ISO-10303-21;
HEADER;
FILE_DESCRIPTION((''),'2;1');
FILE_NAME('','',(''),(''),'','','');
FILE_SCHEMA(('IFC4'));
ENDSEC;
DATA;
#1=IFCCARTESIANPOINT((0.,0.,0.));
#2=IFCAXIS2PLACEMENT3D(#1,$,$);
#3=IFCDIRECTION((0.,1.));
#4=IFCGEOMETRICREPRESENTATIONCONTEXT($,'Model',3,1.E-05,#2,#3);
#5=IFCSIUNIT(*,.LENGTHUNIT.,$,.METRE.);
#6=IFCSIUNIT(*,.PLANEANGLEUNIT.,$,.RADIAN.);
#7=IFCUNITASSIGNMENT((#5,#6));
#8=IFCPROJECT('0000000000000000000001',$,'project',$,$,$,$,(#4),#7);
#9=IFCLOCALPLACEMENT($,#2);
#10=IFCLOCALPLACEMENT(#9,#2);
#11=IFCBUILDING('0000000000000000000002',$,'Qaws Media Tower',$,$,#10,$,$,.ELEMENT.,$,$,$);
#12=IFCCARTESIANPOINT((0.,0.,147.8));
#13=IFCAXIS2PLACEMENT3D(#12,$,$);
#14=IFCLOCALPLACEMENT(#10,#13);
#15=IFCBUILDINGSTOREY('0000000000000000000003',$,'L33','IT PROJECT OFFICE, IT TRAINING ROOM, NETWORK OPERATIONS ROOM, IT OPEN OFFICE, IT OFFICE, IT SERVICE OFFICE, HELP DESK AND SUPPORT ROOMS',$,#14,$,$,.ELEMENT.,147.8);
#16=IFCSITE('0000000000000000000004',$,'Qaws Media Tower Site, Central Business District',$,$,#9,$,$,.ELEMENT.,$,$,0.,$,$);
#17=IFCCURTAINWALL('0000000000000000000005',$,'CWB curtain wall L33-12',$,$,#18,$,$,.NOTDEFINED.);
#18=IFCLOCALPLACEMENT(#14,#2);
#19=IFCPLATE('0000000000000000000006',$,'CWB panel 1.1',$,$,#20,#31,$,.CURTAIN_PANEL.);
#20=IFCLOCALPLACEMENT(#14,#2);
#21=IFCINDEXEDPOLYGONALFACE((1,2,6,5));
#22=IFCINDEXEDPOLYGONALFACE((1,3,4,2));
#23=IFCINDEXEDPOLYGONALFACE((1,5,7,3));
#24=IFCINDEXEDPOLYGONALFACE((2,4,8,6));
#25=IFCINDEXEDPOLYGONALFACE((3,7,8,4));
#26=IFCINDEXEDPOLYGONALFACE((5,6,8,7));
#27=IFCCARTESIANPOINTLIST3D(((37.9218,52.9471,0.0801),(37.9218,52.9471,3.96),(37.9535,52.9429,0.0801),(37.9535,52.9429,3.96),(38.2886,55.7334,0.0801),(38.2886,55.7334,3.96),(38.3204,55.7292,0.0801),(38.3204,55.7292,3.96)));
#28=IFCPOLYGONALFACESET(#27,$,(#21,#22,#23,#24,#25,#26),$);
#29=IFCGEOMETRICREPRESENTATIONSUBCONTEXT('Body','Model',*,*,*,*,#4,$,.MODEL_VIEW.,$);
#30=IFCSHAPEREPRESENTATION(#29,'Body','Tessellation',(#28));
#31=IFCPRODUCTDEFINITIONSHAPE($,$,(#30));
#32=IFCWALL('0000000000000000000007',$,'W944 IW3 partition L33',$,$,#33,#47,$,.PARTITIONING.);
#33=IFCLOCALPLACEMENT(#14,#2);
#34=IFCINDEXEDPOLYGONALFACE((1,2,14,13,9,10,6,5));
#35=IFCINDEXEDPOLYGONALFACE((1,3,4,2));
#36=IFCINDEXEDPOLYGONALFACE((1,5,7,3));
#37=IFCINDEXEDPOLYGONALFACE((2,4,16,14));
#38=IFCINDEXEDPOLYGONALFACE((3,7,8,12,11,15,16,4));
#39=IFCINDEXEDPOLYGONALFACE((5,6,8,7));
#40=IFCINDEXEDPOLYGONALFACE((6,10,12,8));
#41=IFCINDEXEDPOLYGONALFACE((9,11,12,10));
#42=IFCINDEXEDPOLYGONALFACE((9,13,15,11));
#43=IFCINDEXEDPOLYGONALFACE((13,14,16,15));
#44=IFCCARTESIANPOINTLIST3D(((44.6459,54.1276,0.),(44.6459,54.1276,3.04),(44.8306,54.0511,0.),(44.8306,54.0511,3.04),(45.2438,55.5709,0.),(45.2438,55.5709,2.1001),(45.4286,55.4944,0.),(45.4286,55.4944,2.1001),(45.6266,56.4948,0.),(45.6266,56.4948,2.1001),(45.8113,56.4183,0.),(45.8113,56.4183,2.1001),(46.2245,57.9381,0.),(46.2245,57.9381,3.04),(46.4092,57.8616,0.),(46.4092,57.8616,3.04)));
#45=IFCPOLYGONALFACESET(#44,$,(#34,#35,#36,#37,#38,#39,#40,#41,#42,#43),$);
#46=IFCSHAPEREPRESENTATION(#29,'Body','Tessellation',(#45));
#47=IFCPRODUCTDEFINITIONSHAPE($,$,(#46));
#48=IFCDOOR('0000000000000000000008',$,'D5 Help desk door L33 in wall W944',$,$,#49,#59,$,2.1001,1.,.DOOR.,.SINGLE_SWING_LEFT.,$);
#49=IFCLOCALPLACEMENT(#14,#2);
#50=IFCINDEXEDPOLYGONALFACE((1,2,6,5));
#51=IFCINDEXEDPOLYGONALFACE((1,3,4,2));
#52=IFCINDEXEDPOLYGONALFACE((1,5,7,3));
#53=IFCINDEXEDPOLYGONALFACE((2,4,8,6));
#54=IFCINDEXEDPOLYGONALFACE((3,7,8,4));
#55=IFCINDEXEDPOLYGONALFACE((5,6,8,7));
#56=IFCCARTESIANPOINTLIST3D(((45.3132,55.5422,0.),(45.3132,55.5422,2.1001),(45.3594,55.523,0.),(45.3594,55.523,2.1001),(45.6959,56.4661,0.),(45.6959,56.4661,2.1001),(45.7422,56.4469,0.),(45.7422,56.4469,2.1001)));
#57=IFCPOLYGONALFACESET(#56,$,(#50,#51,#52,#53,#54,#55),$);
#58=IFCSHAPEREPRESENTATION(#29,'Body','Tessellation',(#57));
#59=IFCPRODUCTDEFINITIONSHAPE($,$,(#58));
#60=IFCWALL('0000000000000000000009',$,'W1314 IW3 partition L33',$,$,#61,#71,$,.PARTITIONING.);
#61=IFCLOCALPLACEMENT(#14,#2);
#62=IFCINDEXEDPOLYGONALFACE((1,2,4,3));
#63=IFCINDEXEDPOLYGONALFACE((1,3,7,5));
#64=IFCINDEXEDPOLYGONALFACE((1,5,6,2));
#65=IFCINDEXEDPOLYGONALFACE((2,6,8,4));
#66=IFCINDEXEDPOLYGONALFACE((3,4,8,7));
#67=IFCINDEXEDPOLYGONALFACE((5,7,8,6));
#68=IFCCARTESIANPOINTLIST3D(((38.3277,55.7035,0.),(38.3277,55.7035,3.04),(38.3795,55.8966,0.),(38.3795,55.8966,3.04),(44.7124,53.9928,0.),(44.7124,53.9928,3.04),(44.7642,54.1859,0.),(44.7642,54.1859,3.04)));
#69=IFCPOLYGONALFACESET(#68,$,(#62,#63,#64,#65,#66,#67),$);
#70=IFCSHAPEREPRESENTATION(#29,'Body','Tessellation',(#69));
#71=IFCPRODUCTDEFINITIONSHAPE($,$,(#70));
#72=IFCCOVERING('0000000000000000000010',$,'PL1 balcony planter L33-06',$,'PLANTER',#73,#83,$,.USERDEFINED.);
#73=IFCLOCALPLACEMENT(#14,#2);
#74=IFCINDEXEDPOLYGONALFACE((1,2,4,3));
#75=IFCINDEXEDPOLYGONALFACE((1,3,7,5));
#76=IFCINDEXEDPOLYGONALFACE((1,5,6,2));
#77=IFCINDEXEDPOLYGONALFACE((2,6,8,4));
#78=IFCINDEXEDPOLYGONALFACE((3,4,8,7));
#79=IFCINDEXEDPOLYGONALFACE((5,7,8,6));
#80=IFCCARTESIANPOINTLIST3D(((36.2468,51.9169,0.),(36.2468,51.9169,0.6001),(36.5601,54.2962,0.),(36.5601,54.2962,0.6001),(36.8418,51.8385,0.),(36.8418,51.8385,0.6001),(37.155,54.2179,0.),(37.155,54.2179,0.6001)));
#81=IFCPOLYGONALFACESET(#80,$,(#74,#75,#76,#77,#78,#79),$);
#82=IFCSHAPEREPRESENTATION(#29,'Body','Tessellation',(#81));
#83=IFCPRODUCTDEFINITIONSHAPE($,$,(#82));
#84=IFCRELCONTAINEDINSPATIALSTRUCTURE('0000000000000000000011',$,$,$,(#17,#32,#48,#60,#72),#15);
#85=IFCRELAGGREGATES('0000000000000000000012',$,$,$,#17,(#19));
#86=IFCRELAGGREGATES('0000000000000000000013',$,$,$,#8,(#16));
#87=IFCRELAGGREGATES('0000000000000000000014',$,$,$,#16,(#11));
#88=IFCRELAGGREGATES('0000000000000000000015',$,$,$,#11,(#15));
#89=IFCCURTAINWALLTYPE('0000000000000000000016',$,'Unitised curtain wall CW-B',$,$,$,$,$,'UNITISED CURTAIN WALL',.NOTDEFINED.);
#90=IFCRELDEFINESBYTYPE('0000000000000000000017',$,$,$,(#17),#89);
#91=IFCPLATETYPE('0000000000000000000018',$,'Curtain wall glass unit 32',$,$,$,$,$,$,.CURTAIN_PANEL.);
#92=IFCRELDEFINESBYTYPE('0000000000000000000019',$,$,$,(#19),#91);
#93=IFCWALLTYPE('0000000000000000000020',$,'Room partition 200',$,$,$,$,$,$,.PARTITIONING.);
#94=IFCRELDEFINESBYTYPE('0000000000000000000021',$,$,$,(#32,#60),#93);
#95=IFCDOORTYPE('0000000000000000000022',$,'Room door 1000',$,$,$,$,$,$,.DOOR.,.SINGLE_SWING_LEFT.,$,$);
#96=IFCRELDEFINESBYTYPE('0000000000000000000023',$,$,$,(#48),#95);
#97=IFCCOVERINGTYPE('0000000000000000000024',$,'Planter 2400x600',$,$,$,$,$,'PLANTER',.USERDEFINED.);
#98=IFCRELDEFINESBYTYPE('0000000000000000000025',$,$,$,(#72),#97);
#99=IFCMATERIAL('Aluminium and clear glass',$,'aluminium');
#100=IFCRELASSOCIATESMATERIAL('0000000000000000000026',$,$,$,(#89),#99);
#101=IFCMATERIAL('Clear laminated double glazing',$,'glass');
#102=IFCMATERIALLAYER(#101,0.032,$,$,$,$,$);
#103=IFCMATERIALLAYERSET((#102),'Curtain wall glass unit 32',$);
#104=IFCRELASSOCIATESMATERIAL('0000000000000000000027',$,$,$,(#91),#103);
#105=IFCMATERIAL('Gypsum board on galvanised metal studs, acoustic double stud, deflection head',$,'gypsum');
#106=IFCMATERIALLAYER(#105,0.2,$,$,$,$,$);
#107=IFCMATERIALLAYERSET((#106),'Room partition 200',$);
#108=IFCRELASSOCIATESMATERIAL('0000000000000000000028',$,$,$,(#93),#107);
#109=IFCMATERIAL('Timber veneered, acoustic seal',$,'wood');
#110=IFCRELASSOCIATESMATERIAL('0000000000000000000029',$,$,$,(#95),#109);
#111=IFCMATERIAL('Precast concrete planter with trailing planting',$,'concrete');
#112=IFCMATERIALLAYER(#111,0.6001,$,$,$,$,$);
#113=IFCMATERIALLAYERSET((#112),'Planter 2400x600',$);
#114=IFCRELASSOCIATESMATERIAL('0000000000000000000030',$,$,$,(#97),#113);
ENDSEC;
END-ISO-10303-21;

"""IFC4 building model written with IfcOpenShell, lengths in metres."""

from ifc_helpers import new_model, si_unit, direction, frame, frame_2d, origin, origin_2d, place, context, subcontext, project, spatial, rectangle, extrude, material, layer, layer_set, type_object, element, fill, aggregate, save


model = new_model("IFC4")

# Units and contexts
model_context = context("Model", 3, precision=1e-05, world=origin(), true_north=direction((0.0, 1.0)))
body_context = subcontext(model_context, "Body", "Model", "MODEL_VIEW")
ifc_project = project(units=[si_unit("LENGTHUNIT", "METRE"), si_unit("PLANEANGLEUNIT", "RADIAN")], contexts=[model_context])

# Site, building, storey
site_placement = place(None, origin())
site = spatial("IfcSite", under=ifc_project, at=site_placement, Name="Qaws Media Tower Site, Central Business District", CompositionType="ELEMENT", RefElevation=0.0)
building_placement = place(site_placement, origin())
building = spatial("IfcBuilding", under=site, at=building_placement, Name="Qaws Media Tower", CompositionType="ELEMENT")
storey_placement = place(building_placement, frame((0.0, 0.0, 147.8)))
storey = spatial("IfcBuildingStorey", under=building, at=storey_placement, Name="L33", Description="IT PROJECT OFFICE, IT TRAINING ROOM, NETWORK OPERATIONS ROOM, IT OPEN OFFICE, IT OFFICE, IT SERVICE OFFICE, HELP DESK AND SUPPORT ROOMS", CompositionType="ELEMENT", Elevation=147.8)

# Shared definitions
ifc_material_1 = material(Name="Aluminium and clear glass", Category="aluminium")
curtain_wall_type = type_object("IfcCurtainWallType", Name="Unitised curtain wall CW-B", ElementType="UNITISED CURTAIN WALL", PredefinedType="NOTDEFINED", material=ifc_material_1)

# Curtain wall
curtain_wall_1_placement = place(storey_placement, origin())
curtain_wall_1 = element("IfcCurtainWall", 1, at=curtain_wall_1_placement, inside=storey, type_object=curtain_wall_type, Name="CWB curtain wall L33-12", PredefinedType="NOTDEFINED")

# Plate
ifc_material_2 = material(Name="Clear laminated double glazing", Category="glass")
ifc_layer_1 = layer(ifc_material_2, 0.032)
ifc_layer_set_1 = layer_set([ifc_layer_1], Name="Curtain wall glass unit 32")
plate_type = type_object("IfcPlateType", Name="Curtain wall glass unit 32", PredefinedType="CURTAIN_PANEL", material=ifc_layer_set_1)
plate_1_placement = place(storey_placement, frame((38.1211, 54.3381, 0.0801), z_axis=(0.0, 0.0, 1.0), x_axis=(-0.130526, -0.991445, 0.0)))
plate_1 = element("IfcPlate", 2, at=plate_1_placement, type_object=plate_type, Name="CWB panel 1.1", PredefinedType="CURTAIN_PANEL", context=body_context, shape_type="SweptSolid", body=[
    extrude(rectangle(XDim=2.8103, YDim=0.032, at=origin_2d()), origin(), (0.0, 0.0, 1.0), 3.8799),
])
aggregate(curtain_wall_1, [plate_1])

# Wall, opening, door
ifc_material_3 = material(Name="Gypsum board on galvanised metal studs, acoustic double stud, deflection head", Category="gypsum")
ifc_layer_2 = layer(ifc_material_3, 0.2)
ifc_layer_set_2 = layer_set([ifc_layer_2], Name="Room partition 200")
wall_type = type_object("IfcWallType", Name="Room partition 200", PredefinedType="PARTITIONING", material=ifc_layer_set_2)
wall_1_placement = place(storey_placement, frame((44.7383, 54.0894, 0.0), z_axis=(0.0, 0.0, 1.0), x_axis=(0.382732, 0.92386, 0.0)))
wall_1 = element("IfcWall", 3, at=wall_1_placement, inside=storey, type_object=wall_type, Name="W944 IW3 partition L33", PredefinedType="PARTITIONING", context=body_context, shape_type="SweptSolid", body=[
    extrude(rectangle(XDim=4.1245, YDim=0.2, at=frame_2d((2.0623, 0.0))), origin(), (0.0, 0.0, 1.0), 3.04),
])
opening_placement = place(wall_1_placement, frame((1.5623, 0.0, 0.0)))
opening = element("IfcOpeningElement", 4, at=opening_placement, cuts=wall_1, PredefinedType="OPENING", context=body_context, shape_type="SweptSolid", body=[
    extrude(rectangle(XDim=1.0, YDim=2.1001, at=frame_2d((0.5, 1.05))), frame((0.0, 0.1099, 0.0), z_axis=(0.0, -1.0, 0.0), x_axis=(1.0, 0.0, 0.0)), (0.0, 0.0, 1.0), 0.22),
])
ifc_material_4 = material(Name="Timber veneered, acoustic seal", Category="wood")
door_type = type_object("IfcDoorType", Name="Room door 1000", OperationType="SINGLE_SWING_LEFT", PredefinedType="DOOR", material=ifc_material_4)
door_placement = place(opening_placement, origin())
door = element("IfcDoor", 5, at=door_placement, inside=storey, type_object=door_type, Name="D5 Help desk door L33 in wall W944", OperationType="SINGLE_SWING_LEFT", OverallHeight=2.1001, OverallWidth=1.0, PredefinedType="DOOR", context=body_context, shape_type="SweptSolid", body=[
    extrude(rectangle(XDim=1.0, YDim=2.1001, at=frame_2d((0.5, 1.05))), frame((0.0, 0.0249, 0.0), z_axis=(0.0, -1.0, 0.0), x_axis=(1.0, 0.0, 0.0)), (0.0, 0.0, 1.0), 0.05),
])
fill(opening, door)

# Wall
wall_2_placement = place(storey_placement, frame((44.7383, 54.0894, 0.0), z_axis=(0.0, 0.0, 1.0), x_axis=(-0.96593, 0.258805, 0.0)))
element("IfcWall", 6, at=wall_2_placement, inside=storey, type_object=wall_type, Name="W1314 IW3 partition L33", PredefinedType="PARTITIONING", context=body_context, shape_type="SweptSolid", body=[
    extrude(rectangle(XDim=6.6099, YDim=0.2, at=frame_2d((3.3049, 0.0))), origin(), (0.0, 0.0, 1.0), 3.04),
])

# Covering
ifc_material_5 = material(Name="Precast concrete planter with trailing planting", Category="concrete")
ifc_layer_3 = layer(ifc_material_5, 0.6001)
ifc_layer_set_3 = layer_set([ifc_layer_3], Name="Planter 2400x600")
covering_type = type_object("IfcCoveringType", Name="Planter 2400x600", ElementType="PLANTER", PredefinedType="USERDEFINED", material=ifc_layer_set_3)
covering_placement = place(storey_placement, frame((36.7009, 53.0674, 0.0), z_axis=(0.0, 0.0, 1.0), x_axis=(-0.130526, -0.991445, 0.0)))
element("IfcCovering", 7, at=covering_placement, inside=storey, type_object=covering_type, Name="PL1 balcony planter L33-06", ObjectType="PLANTER", PredefinedType="USERDEFINED", context=body_context, shape_type="SweptSolid", body=[
    extrude(rectangle(XDim=2.3999, YDim=0.6001, at=origin_2d()), origin(), (0.0, 0.0, 1.0), 0.6001),
])

save(model, "model.ifc")
